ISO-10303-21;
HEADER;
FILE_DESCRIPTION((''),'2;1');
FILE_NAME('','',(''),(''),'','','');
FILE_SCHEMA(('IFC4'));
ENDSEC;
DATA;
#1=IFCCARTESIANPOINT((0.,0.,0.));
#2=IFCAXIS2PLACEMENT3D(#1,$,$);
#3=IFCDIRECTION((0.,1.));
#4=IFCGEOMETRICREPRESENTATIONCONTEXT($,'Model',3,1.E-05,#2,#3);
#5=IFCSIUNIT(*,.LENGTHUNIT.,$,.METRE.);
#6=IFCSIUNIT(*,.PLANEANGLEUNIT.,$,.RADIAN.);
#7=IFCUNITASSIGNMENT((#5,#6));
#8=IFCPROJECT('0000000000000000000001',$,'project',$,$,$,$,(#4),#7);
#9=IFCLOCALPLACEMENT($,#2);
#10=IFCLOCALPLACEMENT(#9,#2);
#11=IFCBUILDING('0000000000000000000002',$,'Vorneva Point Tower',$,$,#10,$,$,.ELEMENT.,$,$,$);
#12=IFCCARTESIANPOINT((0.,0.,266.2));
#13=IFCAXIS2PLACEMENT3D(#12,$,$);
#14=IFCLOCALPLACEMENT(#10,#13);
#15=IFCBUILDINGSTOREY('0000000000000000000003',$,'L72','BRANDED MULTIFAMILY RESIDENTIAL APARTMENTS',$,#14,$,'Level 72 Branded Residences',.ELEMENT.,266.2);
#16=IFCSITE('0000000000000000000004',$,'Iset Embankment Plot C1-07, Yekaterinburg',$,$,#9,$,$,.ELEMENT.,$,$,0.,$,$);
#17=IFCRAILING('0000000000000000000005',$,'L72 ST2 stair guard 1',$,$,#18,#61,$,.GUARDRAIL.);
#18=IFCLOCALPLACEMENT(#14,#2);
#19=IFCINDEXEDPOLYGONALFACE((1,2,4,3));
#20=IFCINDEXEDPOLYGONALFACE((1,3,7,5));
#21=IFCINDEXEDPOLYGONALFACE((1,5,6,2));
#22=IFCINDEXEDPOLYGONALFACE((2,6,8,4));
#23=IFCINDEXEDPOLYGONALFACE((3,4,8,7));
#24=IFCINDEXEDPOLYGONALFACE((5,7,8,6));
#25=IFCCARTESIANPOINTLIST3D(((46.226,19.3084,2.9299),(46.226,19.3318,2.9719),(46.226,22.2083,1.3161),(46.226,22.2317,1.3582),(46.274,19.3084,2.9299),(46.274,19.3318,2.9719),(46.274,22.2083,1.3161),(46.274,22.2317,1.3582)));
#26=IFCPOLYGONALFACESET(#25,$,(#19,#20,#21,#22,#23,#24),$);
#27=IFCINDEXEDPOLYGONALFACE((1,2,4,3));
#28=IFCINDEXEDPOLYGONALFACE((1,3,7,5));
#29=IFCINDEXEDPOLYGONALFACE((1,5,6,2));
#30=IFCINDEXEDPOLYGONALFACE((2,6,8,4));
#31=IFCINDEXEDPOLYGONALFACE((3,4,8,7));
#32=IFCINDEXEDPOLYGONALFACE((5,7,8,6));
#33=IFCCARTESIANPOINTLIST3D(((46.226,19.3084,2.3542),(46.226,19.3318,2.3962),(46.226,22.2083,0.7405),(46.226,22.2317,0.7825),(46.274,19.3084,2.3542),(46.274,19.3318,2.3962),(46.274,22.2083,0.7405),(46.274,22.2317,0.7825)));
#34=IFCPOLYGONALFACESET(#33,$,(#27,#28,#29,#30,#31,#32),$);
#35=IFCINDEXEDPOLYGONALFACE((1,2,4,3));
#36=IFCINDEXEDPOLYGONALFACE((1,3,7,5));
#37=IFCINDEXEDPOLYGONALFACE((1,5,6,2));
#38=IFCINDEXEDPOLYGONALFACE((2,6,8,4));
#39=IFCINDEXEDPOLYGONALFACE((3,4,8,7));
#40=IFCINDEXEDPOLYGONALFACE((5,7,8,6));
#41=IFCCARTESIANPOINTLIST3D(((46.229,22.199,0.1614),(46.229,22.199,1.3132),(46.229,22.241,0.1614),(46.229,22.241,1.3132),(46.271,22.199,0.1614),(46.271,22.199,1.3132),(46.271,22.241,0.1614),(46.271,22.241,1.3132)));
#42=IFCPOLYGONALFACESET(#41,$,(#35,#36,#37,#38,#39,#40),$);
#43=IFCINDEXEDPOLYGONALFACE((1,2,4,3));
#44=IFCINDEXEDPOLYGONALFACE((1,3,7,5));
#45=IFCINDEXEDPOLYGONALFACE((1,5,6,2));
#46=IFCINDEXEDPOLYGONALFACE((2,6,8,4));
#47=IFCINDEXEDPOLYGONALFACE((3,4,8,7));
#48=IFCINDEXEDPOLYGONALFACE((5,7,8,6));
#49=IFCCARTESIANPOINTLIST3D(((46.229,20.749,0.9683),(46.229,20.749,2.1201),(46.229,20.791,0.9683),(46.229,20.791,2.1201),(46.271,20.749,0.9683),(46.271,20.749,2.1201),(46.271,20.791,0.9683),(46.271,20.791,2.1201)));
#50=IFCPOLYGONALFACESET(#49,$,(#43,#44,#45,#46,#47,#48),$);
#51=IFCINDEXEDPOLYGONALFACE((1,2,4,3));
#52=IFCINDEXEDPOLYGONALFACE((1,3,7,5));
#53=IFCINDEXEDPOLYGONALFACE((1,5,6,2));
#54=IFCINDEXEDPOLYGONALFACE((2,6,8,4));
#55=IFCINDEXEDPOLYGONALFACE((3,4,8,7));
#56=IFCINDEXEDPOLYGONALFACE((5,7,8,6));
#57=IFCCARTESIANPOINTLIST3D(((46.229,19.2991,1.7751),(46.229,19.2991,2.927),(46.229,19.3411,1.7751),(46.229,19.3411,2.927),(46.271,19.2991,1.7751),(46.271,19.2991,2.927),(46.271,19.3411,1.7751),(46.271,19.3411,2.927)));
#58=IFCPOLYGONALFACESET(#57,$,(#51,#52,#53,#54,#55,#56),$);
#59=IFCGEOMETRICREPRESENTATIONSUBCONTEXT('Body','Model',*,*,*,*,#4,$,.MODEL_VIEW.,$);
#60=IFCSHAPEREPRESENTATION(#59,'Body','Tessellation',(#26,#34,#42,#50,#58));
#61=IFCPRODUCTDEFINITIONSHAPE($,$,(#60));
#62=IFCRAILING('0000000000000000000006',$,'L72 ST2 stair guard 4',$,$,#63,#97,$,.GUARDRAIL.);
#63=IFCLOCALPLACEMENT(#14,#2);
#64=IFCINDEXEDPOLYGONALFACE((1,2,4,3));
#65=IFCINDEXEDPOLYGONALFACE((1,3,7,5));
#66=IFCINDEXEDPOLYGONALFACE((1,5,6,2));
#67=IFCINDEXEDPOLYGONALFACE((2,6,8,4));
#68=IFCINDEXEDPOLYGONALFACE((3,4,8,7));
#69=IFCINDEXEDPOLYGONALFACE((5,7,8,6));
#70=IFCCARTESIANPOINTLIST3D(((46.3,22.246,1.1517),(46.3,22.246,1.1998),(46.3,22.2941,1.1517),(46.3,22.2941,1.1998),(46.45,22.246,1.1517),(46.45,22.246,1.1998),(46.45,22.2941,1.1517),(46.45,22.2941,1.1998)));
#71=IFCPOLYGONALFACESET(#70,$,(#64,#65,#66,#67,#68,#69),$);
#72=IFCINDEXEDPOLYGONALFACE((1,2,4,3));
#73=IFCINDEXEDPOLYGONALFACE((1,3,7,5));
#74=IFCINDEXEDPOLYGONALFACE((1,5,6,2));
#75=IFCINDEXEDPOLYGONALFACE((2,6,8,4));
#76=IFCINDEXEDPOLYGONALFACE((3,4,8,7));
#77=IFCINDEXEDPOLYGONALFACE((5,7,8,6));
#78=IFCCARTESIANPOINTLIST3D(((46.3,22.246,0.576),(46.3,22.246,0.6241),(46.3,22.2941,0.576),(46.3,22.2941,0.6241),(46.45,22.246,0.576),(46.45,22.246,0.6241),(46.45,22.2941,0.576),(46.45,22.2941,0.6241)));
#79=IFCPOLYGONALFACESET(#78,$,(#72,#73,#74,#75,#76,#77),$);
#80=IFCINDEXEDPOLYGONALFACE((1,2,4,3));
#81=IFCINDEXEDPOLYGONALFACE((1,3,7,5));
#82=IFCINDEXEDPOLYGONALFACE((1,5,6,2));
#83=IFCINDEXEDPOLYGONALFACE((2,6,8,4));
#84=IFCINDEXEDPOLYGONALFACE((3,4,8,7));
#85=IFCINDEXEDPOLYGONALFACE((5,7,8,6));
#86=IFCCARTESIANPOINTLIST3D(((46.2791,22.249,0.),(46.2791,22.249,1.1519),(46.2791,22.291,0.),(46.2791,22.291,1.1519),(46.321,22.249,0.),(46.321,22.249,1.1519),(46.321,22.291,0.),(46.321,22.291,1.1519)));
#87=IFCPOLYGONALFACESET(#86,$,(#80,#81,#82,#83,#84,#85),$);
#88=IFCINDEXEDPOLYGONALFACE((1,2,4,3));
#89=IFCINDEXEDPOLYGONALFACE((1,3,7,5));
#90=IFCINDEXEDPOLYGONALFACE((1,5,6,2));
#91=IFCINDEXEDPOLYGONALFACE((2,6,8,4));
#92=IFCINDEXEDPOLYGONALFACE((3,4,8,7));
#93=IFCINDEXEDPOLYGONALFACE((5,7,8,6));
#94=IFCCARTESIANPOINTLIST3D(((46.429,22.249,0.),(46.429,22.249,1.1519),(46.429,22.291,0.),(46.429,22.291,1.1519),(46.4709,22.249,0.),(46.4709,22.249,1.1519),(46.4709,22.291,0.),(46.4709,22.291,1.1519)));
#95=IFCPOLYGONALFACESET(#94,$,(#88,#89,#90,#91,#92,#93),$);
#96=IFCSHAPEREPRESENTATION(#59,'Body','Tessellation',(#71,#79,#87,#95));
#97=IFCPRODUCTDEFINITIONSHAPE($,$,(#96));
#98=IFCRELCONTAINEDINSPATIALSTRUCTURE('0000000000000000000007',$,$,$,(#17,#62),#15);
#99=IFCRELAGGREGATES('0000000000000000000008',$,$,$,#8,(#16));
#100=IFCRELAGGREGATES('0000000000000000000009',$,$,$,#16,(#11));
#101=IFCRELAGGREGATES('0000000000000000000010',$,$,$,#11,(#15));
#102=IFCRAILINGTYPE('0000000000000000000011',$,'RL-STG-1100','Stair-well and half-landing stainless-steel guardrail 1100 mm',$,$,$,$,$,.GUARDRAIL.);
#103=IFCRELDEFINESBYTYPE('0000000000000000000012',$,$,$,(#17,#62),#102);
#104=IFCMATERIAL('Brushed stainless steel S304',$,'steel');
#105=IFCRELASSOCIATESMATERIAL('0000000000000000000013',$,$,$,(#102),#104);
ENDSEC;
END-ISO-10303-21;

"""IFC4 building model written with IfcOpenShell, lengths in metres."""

from ifc_helpers import new_model, si_unit, direction, frame, origin, origin_2d, place, context, subcontext, project, spatial, rectangle, extrude, material, type_object, element, save


model = new_model("IFC4")

# Units and contexts
model_context = context("Model", 3, precision=1e-05, world=origin(), true_north=direction((0.0, 1.0)))
body_context = subcontext(model_context, "Body", "Model", "MODEL_VIEW")
ifc_project = project(units=[si_unit("LENGTHUNIT", "METRE"), si_unit("PLANEANGLEUNIT", "RADIAN")], contexts=[model_context])

# Site, building, storey
site_placement = place(None, origin())
site = spatial("IfcSite", under=ifc_project, at=site_placement, Name="Iset Embankment Plot C1-07, Yekaterinburg", CompositionType="ELEMENT", RefElevation=0.0)
building_placement = place(site_placement, origin())
building = spatial("IfcBuilding", under=site, at=building_placement, Name="Vorneva Point Tower", CompositionType="ELEMENT")
storey_placement = place(building_placement, frame((0.0, 0.0, 266.2)))
storey = spatial("IfcBuildingStorey", under=building, at=storey_placement, Name="L72", Description="BRANDED MULTIFAMILY RESIDENTIAL APARTMENTS", LongName="Level 72 Branded Residences", CompositionType="ELEMENT", Elevation=266.2)

# Railings
ifc_material_1 = material(Name="Brushed stainless steel S304", Category="steel")
railing_type_1 = type_object("IfcRailingType", Name="RL-STG-1100", Description="Stair-well and half-landing stainless-steel guardrail 1100 mm", PredefinedType="GUARDRAIL", material=ifc_material_1)
railing_1_placement = place(storey_placement, frame((46.25, 22.22, 0.1614)))
element("IfcRailing", 1, at=railing_1_placement, inside=storey, type_object=railing_type_1, Name="L72 ST2 stair guard 1", PredefinedType="GUARDRAIL", context=body_context, shape_type="SweptSolid", body=[
    extrude(rectangle(XDim=0.0481, YDim=0.0481, at=origin_2d()), frame((0.0, 0.0, 1.1758), z_axis=(0.0, -0.87381, 0.486267), x_axis=(1.0, 0.0, 0.0)), (0.0, 0.0, 1.0), 3.3186),
    extrude(rectangle(XDim=0.0481, YDim=0.0481, at=origin_2d()), frame((0.0, 0.0, 0.6001), z_axis=(0.0, -0.87381, 0.486267), x_axis=(1.0, 0.0, 0.0)), (0.0, 0.0, 1.0), 3.3186),
    extrude(rectangle(XDim=0.042, YDim=0.042, at=origin_2d()), origin(), (0.0, 0.0, 1.0), 1.1519),
    extrude(rectangle(XDim=0.042, YDim=0.042, at=origin_2d()), frame((0.0, -1.45, 0.8069)), (0.0, 0.0, 1.0), 1.1519),
    extrude(rectangle(XDim=0.042, YDim=0.042, at=origin_2d()), frame((0.0, -2.8999, 1.6138)), (0.0, 0.0, 1.0), 1.1519),
])
railing_2_placement = place(storey_placement, frame((46.3, 22.27, 0.0)))
element("IfcRailing", 2, at=railing_2_placement, inside=storey, type_object=railing_type_1, Name="L72 ST2 stair guard 4", PredefinedType="GUARDRAIL", context=body_context, shape_type="SweptSolid", body=[
    extrude(rectangle(XDim=0.0481, YDim=0.0481, at=origin_2d()), frame((0.0, 0.0, 1.1758), z_axis=(1.0, 0.0, 0.0), x_axis=(0.0, 1.0, 0.0)), (0.0, 0.0, 1.0), 0.1499),
    extrude(rectangle(XDim=0.0481, YDim=0.0481, at=origin_2d()), frame((0.0, 0.0, 0.6001), z_axis=(1.0, 0.0, 0.0), x_axis=(0.0, 1.0, 0.0)), (0.0, 0.0, 1.0), 0.1499),
    extrude(rectangle(XDim=0.042, YDim=0.042, at=origin_2d()), origin(), (0.0, 0.0, 1.0), 1.1519),
    extrude(rectangle(XDim=0.042, YDim=0.042, at=origin_2d()), frame((0.1499, 0.0, 0.0)), (0.0, 0.0, 1.0), 1.1519),
])

save(model, "model.ifc")
